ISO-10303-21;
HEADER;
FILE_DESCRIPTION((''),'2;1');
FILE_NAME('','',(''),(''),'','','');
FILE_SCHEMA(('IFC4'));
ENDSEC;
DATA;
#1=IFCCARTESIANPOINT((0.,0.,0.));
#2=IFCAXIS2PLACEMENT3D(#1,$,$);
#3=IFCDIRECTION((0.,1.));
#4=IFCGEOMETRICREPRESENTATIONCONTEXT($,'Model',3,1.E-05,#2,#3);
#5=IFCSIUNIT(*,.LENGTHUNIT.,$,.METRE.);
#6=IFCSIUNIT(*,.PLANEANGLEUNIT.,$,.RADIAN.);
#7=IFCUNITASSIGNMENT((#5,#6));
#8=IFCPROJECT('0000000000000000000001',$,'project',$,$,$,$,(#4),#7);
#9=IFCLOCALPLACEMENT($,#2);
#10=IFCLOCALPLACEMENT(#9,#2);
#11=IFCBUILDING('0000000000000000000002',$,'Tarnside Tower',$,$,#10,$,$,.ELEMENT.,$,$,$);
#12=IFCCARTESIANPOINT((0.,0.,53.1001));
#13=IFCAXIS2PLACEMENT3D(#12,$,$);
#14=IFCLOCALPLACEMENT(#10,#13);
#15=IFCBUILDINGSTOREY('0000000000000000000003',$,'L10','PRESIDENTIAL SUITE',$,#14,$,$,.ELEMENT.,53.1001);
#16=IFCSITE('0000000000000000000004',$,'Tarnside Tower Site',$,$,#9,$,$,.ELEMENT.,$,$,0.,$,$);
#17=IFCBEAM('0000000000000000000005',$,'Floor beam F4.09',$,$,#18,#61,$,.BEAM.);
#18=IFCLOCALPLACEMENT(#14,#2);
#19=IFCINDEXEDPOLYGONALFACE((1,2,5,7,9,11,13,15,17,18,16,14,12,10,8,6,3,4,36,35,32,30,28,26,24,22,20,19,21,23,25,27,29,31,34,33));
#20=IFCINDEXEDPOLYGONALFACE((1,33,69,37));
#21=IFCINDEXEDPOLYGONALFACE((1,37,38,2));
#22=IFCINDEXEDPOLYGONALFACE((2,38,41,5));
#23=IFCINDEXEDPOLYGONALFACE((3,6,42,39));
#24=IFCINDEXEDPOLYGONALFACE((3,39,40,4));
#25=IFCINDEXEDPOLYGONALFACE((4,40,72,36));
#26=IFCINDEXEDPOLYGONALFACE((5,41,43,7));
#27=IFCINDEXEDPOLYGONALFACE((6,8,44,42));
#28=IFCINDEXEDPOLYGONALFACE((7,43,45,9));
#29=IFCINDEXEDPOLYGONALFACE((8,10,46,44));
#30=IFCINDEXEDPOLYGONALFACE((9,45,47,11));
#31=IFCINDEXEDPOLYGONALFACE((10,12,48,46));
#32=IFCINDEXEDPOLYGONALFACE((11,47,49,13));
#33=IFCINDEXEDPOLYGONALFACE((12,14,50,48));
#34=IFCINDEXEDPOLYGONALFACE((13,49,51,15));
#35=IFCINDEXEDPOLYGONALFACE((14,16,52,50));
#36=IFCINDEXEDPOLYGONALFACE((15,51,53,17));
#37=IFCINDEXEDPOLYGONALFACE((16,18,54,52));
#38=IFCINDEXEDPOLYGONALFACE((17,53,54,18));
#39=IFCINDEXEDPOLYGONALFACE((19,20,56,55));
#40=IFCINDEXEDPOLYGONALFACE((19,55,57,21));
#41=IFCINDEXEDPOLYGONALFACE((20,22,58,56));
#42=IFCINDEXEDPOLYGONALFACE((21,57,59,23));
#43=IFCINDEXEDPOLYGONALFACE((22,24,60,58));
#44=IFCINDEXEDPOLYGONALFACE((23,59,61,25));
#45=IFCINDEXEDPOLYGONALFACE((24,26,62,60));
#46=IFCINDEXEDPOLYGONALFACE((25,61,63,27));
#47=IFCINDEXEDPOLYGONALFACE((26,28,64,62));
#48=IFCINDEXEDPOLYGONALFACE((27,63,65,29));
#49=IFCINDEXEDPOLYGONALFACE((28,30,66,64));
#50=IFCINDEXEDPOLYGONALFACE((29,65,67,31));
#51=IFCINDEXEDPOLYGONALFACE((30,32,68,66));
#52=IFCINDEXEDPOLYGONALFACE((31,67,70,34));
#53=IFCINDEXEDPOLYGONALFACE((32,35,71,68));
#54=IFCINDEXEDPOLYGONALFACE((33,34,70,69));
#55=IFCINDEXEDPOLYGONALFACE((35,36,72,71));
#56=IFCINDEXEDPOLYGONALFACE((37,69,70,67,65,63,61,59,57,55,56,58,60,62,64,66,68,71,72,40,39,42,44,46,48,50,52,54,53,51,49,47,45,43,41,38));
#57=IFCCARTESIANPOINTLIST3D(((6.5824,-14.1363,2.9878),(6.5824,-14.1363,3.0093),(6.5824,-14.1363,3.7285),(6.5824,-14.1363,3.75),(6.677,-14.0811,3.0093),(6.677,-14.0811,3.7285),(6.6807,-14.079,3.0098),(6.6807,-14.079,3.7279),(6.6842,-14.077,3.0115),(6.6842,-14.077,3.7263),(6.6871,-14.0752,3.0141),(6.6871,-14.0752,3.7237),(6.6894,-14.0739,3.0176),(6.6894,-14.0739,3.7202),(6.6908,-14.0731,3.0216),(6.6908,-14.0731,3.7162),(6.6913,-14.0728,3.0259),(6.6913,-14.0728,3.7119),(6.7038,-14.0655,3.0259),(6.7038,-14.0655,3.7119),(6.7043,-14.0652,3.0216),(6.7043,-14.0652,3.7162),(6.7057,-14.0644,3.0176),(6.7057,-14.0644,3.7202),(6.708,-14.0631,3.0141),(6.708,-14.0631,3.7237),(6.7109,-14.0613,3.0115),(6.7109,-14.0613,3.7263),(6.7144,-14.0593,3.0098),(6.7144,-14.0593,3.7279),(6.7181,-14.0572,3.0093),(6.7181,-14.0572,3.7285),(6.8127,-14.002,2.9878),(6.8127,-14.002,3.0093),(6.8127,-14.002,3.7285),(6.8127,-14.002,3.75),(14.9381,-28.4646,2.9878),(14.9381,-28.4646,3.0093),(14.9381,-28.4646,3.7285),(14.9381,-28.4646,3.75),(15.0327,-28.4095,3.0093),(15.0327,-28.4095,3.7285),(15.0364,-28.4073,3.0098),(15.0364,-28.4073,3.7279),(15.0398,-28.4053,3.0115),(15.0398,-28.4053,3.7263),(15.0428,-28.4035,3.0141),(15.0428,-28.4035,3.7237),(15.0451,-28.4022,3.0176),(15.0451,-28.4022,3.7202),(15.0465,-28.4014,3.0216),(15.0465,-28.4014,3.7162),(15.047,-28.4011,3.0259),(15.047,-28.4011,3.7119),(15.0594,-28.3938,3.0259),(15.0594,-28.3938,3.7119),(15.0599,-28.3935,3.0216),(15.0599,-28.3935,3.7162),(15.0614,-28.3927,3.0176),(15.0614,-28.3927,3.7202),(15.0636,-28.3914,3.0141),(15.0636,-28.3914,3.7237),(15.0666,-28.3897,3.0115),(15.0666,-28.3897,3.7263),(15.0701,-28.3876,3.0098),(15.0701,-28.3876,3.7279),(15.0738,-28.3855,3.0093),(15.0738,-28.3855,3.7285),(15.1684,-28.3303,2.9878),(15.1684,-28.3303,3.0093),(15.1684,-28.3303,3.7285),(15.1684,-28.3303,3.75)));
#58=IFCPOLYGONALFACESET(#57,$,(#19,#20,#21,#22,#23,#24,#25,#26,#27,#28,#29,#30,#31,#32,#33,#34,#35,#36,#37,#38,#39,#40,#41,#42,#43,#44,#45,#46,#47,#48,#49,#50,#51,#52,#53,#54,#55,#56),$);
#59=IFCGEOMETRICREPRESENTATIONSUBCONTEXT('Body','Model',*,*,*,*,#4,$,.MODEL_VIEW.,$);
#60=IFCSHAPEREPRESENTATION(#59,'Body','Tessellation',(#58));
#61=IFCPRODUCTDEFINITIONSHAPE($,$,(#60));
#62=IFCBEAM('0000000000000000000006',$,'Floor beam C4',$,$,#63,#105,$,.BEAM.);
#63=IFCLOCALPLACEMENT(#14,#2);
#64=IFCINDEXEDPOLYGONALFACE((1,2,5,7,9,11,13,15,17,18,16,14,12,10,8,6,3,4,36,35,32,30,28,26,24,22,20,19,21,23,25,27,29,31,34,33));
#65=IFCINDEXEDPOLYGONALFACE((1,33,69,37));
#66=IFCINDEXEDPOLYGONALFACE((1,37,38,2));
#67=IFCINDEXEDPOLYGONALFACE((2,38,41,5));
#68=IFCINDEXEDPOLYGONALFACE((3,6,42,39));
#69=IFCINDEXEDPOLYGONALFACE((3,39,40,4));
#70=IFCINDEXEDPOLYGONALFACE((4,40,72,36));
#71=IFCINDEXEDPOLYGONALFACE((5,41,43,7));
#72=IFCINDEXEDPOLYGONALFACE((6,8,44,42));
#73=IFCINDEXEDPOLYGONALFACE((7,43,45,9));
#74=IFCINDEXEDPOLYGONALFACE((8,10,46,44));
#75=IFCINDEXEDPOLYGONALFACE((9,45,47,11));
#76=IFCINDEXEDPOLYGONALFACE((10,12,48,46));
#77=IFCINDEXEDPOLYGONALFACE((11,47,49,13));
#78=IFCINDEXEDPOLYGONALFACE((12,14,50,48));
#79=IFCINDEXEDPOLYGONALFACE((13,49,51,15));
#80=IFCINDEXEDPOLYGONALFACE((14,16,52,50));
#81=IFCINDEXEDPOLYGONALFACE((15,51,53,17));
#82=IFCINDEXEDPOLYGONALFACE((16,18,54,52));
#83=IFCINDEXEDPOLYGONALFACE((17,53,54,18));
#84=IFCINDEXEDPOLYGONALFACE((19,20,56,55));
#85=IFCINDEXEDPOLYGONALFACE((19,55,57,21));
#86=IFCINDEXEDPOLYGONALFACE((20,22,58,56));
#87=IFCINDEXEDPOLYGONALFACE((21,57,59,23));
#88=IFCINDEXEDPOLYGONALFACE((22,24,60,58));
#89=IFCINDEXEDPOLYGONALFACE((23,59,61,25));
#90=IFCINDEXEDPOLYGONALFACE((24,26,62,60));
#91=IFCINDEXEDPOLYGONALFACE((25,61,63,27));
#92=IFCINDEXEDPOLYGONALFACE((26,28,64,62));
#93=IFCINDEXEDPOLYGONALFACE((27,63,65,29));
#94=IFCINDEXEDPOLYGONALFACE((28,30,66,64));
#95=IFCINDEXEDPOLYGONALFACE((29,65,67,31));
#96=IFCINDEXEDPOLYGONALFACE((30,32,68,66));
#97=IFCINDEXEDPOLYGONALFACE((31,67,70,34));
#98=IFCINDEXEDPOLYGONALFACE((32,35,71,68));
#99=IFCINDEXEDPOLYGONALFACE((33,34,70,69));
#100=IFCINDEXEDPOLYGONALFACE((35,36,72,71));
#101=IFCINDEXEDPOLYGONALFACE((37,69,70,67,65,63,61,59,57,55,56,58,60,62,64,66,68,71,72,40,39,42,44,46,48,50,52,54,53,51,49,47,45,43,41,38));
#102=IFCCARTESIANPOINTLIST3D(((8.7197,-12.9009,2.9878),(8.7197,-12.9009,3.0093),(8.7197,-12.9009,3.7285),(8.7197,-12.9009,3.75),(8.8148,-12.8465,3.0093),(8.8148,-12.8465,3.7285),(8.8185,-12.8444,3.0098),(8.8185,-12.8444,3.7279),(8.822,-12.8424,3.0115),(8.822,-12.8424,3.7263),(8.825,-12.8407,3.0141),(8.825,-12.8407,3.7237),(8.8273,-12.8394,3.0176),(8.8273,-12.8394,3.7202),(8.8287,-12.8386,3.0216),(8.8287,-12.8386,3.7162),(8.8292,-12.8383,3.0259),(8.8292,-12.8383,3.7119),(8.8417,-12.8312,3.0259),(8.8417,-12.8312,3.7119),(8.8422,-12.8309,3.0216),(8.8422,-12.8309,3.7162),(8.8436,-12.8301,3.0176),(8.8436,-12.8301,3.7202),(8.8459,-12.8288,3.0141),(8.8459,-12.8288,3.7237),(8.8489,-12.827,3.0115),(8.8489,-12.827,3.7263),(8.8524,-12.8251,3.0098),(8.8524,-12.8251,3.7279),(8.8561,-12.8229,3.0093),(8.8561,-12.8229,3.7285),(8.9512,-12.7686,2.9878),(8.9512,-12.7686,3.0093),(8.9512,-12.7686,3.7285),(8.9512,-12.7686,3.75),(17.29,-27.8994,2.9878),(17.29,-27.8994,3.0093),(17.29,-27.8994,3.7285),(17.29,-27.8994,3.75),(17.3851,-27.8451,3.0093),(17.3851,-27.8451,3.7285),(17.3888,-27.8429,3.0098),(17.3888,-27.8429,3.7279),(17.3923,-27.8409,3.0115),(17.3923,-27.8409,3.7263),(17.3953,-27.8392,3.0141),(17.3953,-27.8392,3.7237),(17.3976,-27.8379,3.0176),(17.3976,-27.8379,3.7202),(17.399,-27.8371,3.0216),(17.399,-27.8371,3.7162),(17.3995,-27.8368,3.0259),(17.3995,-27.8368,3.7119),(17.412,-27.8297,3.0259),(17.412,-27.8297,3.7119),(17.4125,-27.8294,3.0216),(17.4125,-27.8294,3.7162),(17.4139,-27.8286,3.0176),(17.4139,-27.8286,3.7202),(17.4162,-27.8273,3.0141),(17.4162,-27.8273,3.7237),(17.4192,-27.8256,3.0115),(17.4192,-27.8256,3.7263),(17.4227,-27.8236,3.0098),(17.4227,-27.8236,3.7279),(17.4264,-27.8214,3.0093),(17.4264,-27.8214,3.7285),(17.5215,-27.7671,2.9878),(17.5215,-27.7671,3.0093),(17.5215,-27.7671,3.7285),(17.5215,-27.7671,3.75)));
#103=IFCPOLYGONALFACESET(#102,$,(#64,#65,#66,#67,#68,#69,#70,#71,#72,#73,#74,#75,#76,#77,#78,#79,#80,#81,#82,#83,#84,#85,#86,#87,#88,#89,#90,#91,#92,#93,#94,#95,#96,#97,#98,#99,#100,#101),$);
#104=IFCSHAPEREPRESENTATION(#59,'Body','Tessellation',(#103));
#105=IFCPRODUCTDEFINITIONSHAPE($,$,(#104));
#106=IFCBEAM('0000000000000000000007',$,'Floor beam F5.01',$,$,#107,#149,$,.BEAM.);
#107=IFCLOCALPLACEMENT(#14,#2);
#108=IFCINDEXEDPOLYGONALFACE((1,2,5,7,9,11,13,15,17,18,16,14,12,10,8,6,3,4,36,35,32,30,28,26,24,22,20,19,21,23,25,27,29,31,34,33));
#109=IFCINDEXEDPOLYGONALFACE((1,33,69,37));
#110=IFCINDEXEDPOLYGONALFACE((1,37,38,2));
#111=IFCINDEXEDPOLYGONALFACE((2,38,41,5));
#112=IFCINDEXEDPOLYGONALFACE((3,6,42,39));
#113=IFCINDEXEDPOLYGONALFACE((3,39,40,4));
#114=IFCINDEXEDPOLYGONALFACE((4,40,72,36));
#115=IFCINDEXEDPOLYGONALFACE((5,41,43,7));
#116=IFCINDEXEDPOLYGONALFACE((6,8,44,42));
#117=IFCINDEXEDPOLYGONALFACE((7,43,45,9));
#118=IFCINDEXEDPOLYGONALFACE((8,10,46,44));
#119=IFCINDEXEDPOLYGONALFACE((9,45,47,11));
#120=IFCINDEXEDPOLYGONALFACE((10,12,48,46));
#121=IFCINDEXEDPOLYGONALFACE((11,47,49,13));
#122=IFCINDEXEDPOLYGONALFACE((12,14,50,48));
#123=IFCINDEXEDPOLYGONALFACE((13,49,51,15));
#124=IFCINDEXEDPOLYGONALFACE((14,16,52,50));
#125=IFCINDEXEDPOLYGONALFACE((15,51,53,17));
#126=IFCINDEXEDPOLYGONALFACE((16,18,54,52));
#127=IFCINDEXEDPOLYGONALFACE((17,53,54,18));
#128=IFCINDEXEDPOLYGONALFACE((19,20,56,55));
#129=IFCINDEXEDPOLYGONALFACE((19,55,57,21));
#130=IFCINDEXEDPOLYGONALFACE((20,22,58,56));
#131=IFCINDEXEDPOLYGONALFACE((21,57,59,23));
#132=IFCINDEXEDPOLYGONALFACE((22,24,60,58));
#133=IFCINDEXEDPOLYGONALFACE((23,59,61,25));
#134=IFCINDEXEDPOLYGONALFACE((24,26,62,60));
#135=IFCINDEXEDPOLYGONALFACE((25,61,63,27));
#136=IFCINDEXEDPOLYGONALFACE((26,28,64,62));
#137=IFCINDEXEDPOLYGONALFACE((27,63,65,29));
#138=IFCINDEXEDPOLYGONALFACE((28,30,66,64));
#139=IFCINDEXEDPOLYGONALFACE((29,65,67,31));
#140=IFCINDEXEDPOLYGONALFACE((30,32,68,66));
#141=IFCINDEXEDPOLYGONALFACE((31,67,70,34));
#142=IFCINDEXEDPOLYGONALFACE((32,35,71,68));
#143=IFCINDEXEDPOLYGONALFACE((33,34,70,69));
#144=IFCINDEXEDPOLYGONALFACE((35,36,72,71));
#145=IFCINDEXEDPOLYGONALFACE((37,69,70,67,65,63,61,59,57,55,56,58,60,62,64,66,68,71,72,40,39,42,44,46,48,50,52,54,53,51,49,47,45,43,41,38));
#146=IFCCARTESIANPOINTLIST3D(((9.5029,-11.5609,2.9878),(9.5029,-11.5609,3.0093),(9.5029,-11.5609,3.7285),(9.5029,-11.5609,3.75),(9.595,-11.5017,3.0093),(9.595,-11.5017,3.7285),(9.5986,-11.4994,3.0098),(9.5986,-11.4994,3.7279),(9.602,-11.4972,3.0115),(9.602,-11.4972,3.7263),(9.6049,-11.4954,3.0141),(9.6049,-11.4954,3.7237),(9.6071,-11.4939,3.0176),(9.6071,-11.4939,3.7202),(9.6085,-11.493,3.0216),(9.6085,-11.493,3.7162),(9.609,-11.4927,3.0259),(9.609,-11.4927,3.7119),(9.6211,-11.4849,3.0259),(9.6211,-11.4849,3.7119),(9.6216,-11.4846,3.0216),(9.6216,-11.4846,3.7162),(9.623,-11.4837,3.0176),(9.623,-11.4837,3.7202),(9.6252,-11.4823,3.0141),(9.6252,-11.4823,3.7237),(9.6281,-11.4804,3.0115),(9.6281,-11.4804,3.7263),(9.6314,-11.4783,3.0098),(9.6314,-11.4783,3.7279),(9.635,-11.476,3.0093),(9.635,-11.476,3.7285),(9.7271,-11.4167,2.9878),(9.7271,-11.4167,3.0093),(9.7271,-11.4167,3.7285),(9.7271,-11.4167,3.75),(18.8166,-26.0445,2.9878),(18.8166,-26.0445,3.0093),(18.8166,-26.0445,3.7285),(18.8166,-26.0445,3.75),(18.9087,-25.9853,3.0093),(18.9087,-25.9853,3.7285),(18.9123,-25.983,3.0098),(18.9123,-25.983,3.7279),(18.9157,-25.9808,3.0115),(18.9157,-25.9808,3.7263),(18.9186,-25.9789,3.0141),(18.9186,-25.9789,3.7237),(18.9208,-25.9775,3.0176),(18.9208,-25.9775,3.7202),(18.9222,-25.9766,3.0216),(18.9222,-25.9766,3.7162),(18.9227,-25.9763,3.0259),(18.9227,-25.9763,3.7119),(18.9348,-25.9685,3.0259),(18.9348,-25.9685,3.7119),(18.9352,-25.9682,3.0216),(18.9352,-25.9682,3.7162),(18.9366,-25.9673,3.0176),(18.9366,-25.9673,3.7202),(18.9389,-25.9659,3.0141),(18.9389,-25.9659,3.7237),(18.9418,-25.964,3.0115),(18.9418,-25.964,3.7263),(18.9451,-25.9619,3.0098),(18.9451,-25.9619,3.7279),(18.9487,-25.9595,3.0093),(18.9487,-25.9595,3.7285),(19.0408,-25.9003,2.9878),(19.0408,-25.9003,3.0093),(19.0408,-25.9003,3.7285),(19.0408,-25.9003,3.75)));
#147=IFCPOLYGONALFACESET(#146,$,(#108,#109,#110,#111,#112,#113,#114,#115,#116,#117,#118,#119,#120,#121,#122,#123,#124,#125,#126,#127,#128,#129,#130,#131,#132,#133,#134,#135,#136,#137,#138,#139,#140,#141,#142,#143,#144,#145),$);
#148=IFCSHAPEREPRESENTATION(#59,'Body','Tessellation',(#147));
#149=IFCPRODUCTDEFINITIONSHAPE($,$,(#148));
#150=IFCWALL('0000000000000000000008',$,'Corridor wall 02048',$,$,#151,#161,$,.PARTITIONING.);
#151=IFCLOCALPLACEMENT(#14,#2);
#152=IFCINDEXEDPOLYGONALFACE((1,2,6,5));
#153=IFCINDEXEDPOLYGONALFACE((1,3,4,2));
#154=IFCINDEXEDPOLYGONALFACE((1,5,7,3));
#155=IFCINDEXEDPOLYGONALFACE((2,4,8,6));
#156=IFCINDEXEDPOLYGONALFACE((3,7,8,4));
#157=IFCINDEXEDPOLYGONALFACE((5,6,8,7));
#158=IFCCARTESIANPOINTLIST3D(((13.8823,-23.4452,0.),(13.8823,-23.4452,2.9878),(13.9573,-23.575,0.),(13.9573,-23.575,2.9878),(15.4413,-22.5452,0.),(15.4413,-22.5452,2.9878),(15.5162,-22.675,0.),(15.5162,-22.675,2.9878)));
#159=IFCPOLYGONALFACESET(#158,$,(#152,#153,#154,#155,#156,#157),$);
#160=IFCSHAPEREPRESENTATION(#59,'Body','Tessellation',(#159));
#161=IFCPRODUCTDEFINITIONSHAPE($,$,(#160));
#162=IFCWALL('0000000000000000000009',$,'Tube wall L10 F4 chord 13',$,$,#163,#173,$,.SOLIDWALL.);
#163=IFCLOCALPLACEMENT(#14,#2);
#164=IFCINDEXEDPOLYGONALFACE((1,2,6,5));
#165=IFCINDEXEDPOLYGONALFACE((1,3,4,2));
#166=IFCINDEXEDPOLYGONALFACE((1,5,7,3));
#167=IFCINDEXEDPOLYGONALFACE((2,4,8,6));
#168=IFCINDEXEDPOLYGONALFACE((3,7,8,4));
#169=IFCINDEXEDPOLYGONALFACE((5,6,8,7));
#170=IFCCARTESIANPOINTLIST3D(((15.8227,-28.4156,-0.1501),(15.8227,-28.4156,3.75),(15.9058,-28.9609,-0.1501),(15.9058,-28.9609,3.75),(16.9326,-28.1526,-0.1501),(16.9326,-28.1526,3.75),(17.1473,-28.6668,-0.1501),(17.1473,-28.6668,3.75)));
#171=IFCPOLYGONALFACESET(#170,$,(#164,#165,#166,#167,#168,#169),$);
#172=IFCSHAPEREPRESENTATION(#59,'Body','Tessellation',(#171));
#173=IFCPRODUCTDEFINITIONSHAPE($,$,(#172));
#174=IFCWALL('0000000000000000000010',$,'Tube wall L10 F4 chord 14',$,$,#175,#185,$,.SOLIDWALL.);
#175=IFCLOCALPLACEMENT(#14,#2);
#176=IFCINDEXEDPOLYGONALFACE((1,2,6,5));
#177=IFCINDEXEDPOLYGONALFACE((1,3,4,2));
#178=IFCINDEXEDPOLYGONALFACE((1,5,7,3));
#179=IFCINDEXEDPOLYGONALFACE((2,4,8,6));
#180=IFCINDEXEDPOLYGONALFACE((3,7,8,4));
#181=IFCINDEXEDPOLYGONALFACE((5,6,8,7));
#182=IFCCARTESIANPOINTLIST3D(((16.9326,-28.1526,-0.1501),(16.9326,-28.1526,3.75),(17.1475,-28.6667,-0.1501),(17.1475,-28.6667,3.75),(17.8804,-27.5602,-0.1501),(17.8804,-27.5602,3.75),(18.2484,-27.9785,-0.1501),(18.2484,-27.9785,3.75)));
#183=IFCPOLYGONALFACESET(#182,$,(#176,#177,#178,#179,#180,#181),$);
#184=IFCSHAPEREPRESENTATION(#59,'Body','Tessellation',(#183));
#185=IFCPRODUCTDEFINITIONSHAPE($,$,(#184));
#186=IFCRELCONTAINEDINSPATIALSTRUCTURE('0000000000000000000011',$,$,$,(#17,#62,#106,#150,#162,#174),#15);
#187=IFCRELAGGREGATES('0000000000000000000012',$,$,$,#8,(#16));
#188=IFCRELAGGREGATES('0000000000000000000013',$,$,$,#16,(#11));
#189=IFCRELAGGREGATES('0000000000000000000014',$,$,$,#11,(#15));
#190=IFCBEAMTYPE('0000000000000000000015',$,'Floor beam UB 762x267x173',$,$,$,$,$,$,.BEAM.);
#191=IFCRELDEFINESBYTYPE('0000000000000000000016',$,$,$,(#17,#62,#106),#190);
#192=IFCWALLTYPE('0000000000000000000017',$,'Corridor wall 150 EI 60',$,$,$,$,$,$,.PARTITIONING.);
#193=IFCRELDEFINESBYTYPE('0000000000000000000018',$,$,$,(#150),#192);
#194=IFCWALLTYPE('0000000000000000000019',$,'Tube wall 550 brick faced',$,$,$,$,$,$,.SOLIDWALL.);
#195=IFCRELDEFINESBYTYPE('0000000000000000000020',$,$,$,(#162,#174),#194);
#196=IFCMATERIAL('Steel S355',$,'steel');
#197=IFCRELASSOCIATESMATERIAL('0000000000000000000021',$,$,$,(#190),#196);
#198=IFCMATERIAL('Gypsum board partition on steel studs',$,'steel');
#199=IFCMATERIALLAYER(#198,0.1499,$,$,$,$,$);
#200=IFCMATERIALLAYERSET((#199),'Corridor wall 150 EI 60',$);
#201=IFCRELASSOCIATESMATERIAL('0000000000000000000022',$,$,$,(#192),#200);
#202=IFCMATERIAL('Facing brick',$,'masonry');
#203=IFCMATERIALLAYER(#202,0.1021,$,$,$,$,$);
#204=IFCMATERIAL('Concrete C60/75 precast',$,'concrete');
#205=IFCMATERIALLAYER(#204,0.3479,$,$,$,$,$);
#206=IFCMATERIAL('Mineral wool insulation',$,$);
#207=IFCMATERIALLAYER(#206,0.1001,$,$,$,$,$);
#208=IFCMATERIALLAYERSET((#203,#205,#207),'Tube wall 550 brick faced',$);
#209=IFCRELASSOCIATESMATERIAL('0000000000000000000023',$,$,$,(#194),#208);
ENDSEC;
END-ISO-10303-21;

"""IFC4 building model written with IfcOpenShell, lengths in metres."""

from ifc_helpers import new_model, si_unit, direction, frame, frame_2d, origin, origin_2d, place, context, subcontext, project, spatial, polyline, rectangle, i_section, outline, extrude, material, layer, layer_set, material_profile, profile_set, type_object, element, save


model = new_model("IFC4")

# Units and contexts
model_context = context("Model", 3, precision=1e-05, world=origin(), true_north=direction((0.0, 1.0)))
body_context = subcontext(model_context, "Body", "Model", "MODEL_VIEW")
ifc_project = project(units=[si_unit("LENGTHUNIT", "METRE"), si_unit("PLANEANGLEUNIT", "RADIAN")], contexts=[model_context])

# Site, building, storey
site_placement = place(None, origin())
site = spatial("IfcSite", under=ifc_project, at=site_placement, Name="Tarnside Tower Site", CompositionType="ELEMENT", RefElevation=0.0)
building_placement = place(site_placement, origin())
building = spatial("IfcBuilding", under=site, at=building_placement, Name="Tarnside Tower", CompositionType="ELEMENT")
storey_placement = place(building_placement, frame((0.0, 0.0, 53.1001)))
storey = spatial("IfcBuildingStorey", under=building, at=storey_placement, Name="L10", Description="PRESIDENTIAL SUITE", CompositionType="ELEMENT", Elevation=53.1001)

# Beams
ifc_material_1 = material(Name="Steel S355", Category="steel")
ifc_material_profile = material_profile(ifc_material_1, i_section(OverallWidth=0.2666, OverallDepth=0.7622, WebThickness=0.0144, FlangeThickness=0.0215, FilletRadius=0.0166, at=origin_2d()), Name="UB 762x267x173")
ifc_profile_set = profile_set([ifc_material_profile], Name="Steel S355")
beam_type = type_object("IfcBeamType", Name="Floor beam UB 762x267x173", PredefinedType="BEAM", material=ifc_profile_set)
beam_1_placement = place(storey_placement, frame((15.0532, -28.3975, 3.3689), z_axis=(-0.503758, 0.863845, 0.0), x_axis=(-0.863845, -0.503758, 0.0)))
element("IfcBeam", 1, at=beam_1_placement, inside=storey, type_object=beam_type, Name="Floor beam F4.09", PredefinedType="BEAM", context=body_context, shape_type="SweptSolid", body=[
    extrude(i_section(OverallWidth=0.2666, OverallDepth=0.7622, WebThickness=0.0144, FlangeThickness=0.0215, FilletRadius=0.0166, at=origin_2d()), origin(), (0.0, 0.0, 1.0), 16.5867),
])
beam_2_placement = place(storey_placement, frame((17.4058, -27.8333, 3.3689), z_axis=(-0.496127, 0.86825, 0.0), x_axis=(-0.86825, -0.496127, 0.0)))
element("IfcBeam", 2, at=beam_2_placement, inside=storey, type_object=beam_type, Name="Floor beam C4", PredefinedType="BEAM", context=body_context, shape_type="SweptSolid", body=[
    extrude(i_section(OverallWidth=0.2666, OverallDepth=0.7622, WebThickness=0.0144, FlangeThickness=0.0215, FilletRadius=0.0166, at=origin_2d()), origin(), (0.0, 0.0, 1.0), 17.2744),
])
beam_3_placement = place(storey_placement, frame((18.9287, -25.9724, 3.3689), z_axis=(-0.540873, 0.841104, 0.0), x_axis=(-0.841104, -0.540873, 0.0)))
element("IfcBeam", 3, at=beam_3_placement, inside=storey, type_object=beam_type, Name="Floor beam F5.01", PredefinedType="BEAM", context=body_context, shape_type="SweptSolid", body=[
    extrude(i_section(OverallWidth=0.2666, OverallDepth=0.7622, WebThickness=0.0144, FlangeThickness=0.0215, FilletRadius=0.0166, at=origin_2d()), origin(), (0.0, 0.0, 1.0), 17.2197),
])

# Walls
ifc_material_2 = material(Name="Gypsum board partition on steel studs", Category="steel")
ifc_layer_1 = layer(ifc_material_2, 0.1499)
ifc_layer_set_1 = layer_set([ifc_layer_1], Name="Corridor wall 150 EI 60")
wall_type_1 = type_object("IfcWallType", Name="Corridor wall 150 EI 60", PredefinedType="PARTITIONING", material=ifc_layer_set_1)
wall_1_placement = place(storey_placement, frame((13.9199, -23.51, 0.0), z_axis=(0.0, 0.0, 1.0), x_axis=(0.866048, 0.499961, 0.0)))
element("IfcWall", 4, at=wall_1_placement, inside=storey, type_object=wall_type_1, Name="Corridor wall 02048", PredefinedType="PARTITIONING", context=body_context, shape_type="SweptSolid", body=[
    extrude(rectangle(XDim=1.8, YDim=0.1499, at=frame_2d((0.8999, 0.0))), origin(), (0.0, 0.0, 1.0), 2.9878),
])
ifc_material_3 = material(Name="Facing brick", Category="masonry")
ifc_layer_2 = layer(ifc_material_3, 0.1021)
ifc_material_4 = material(Name="Concrete C60/75 precast", Category="concrete")
ifc_layer_3 = layer(ifc_material_4, 0.3479)
ifc_material_5 = material(Name="Mineral wool insulation")
ifc_layer_4 = layer(ifc_material_5, 0.1001)
ifc_layer_set_2 = layer_set([ifc_layer_2, ifc_layer_3, ifc_layer_4], Name="Tube wall 550 brick faced")
wall_type_2 = type_object("IfcWallType", Name="Tube wall 550 brick faced", PredefinedType="SOLIDWALL", material=ifc_layer_set_2)
wall_2_placement = place(storey_placement, frame((15.8643, -28.6882, -0.1501), z_axis=(0.0, 0.0, 1.0), x_axis=(0.973064, 0.230537, 0.0)))
element("IfcWall", 5, at=wall_2_placement, inside=storey, type_object=wall_type_2, Name="Tube wall L10 F4 chord 13", PredefinedType="SOLIDWALL", context=body_context, shape_type="SweptSolid", body=[
    extrude(outline(polyline([(-0.0225, -0.2749), (1.2534, -0.2749), (1.1631, 0.2749), (0.0225, 0.2749), (-0.0225, -0.2749)])), origin(), (0.0, 0.0, 1.0), 3.9001),
])
wall_3_placement = place(storey_placement, frame((17.04, -28.4097, -0.1501), z_axis=(0.0, 0.0, 1.0), x_axis=(0.847953, 0.530072, 0.0)))
element("IfcWall", 6, at=wall_3_placement, inside=storey, type_object=wall_type_2, Name="Tube wall L10 F4 chord 14", PredefinedType="SOLIDWALL", context=body_context, shape_type="SweptSolid", body=[
    extrude(outline(polyline([(-0.0452, -0.2749), (1.2532, -0.2749), (1.1628, 0.2749), (0.0452, 0.2749), (-0.0452, -0.2749)])), origin(), (0.0, 0.0, 1.0), 3.9001),
])

save(model, "model.ifc")
